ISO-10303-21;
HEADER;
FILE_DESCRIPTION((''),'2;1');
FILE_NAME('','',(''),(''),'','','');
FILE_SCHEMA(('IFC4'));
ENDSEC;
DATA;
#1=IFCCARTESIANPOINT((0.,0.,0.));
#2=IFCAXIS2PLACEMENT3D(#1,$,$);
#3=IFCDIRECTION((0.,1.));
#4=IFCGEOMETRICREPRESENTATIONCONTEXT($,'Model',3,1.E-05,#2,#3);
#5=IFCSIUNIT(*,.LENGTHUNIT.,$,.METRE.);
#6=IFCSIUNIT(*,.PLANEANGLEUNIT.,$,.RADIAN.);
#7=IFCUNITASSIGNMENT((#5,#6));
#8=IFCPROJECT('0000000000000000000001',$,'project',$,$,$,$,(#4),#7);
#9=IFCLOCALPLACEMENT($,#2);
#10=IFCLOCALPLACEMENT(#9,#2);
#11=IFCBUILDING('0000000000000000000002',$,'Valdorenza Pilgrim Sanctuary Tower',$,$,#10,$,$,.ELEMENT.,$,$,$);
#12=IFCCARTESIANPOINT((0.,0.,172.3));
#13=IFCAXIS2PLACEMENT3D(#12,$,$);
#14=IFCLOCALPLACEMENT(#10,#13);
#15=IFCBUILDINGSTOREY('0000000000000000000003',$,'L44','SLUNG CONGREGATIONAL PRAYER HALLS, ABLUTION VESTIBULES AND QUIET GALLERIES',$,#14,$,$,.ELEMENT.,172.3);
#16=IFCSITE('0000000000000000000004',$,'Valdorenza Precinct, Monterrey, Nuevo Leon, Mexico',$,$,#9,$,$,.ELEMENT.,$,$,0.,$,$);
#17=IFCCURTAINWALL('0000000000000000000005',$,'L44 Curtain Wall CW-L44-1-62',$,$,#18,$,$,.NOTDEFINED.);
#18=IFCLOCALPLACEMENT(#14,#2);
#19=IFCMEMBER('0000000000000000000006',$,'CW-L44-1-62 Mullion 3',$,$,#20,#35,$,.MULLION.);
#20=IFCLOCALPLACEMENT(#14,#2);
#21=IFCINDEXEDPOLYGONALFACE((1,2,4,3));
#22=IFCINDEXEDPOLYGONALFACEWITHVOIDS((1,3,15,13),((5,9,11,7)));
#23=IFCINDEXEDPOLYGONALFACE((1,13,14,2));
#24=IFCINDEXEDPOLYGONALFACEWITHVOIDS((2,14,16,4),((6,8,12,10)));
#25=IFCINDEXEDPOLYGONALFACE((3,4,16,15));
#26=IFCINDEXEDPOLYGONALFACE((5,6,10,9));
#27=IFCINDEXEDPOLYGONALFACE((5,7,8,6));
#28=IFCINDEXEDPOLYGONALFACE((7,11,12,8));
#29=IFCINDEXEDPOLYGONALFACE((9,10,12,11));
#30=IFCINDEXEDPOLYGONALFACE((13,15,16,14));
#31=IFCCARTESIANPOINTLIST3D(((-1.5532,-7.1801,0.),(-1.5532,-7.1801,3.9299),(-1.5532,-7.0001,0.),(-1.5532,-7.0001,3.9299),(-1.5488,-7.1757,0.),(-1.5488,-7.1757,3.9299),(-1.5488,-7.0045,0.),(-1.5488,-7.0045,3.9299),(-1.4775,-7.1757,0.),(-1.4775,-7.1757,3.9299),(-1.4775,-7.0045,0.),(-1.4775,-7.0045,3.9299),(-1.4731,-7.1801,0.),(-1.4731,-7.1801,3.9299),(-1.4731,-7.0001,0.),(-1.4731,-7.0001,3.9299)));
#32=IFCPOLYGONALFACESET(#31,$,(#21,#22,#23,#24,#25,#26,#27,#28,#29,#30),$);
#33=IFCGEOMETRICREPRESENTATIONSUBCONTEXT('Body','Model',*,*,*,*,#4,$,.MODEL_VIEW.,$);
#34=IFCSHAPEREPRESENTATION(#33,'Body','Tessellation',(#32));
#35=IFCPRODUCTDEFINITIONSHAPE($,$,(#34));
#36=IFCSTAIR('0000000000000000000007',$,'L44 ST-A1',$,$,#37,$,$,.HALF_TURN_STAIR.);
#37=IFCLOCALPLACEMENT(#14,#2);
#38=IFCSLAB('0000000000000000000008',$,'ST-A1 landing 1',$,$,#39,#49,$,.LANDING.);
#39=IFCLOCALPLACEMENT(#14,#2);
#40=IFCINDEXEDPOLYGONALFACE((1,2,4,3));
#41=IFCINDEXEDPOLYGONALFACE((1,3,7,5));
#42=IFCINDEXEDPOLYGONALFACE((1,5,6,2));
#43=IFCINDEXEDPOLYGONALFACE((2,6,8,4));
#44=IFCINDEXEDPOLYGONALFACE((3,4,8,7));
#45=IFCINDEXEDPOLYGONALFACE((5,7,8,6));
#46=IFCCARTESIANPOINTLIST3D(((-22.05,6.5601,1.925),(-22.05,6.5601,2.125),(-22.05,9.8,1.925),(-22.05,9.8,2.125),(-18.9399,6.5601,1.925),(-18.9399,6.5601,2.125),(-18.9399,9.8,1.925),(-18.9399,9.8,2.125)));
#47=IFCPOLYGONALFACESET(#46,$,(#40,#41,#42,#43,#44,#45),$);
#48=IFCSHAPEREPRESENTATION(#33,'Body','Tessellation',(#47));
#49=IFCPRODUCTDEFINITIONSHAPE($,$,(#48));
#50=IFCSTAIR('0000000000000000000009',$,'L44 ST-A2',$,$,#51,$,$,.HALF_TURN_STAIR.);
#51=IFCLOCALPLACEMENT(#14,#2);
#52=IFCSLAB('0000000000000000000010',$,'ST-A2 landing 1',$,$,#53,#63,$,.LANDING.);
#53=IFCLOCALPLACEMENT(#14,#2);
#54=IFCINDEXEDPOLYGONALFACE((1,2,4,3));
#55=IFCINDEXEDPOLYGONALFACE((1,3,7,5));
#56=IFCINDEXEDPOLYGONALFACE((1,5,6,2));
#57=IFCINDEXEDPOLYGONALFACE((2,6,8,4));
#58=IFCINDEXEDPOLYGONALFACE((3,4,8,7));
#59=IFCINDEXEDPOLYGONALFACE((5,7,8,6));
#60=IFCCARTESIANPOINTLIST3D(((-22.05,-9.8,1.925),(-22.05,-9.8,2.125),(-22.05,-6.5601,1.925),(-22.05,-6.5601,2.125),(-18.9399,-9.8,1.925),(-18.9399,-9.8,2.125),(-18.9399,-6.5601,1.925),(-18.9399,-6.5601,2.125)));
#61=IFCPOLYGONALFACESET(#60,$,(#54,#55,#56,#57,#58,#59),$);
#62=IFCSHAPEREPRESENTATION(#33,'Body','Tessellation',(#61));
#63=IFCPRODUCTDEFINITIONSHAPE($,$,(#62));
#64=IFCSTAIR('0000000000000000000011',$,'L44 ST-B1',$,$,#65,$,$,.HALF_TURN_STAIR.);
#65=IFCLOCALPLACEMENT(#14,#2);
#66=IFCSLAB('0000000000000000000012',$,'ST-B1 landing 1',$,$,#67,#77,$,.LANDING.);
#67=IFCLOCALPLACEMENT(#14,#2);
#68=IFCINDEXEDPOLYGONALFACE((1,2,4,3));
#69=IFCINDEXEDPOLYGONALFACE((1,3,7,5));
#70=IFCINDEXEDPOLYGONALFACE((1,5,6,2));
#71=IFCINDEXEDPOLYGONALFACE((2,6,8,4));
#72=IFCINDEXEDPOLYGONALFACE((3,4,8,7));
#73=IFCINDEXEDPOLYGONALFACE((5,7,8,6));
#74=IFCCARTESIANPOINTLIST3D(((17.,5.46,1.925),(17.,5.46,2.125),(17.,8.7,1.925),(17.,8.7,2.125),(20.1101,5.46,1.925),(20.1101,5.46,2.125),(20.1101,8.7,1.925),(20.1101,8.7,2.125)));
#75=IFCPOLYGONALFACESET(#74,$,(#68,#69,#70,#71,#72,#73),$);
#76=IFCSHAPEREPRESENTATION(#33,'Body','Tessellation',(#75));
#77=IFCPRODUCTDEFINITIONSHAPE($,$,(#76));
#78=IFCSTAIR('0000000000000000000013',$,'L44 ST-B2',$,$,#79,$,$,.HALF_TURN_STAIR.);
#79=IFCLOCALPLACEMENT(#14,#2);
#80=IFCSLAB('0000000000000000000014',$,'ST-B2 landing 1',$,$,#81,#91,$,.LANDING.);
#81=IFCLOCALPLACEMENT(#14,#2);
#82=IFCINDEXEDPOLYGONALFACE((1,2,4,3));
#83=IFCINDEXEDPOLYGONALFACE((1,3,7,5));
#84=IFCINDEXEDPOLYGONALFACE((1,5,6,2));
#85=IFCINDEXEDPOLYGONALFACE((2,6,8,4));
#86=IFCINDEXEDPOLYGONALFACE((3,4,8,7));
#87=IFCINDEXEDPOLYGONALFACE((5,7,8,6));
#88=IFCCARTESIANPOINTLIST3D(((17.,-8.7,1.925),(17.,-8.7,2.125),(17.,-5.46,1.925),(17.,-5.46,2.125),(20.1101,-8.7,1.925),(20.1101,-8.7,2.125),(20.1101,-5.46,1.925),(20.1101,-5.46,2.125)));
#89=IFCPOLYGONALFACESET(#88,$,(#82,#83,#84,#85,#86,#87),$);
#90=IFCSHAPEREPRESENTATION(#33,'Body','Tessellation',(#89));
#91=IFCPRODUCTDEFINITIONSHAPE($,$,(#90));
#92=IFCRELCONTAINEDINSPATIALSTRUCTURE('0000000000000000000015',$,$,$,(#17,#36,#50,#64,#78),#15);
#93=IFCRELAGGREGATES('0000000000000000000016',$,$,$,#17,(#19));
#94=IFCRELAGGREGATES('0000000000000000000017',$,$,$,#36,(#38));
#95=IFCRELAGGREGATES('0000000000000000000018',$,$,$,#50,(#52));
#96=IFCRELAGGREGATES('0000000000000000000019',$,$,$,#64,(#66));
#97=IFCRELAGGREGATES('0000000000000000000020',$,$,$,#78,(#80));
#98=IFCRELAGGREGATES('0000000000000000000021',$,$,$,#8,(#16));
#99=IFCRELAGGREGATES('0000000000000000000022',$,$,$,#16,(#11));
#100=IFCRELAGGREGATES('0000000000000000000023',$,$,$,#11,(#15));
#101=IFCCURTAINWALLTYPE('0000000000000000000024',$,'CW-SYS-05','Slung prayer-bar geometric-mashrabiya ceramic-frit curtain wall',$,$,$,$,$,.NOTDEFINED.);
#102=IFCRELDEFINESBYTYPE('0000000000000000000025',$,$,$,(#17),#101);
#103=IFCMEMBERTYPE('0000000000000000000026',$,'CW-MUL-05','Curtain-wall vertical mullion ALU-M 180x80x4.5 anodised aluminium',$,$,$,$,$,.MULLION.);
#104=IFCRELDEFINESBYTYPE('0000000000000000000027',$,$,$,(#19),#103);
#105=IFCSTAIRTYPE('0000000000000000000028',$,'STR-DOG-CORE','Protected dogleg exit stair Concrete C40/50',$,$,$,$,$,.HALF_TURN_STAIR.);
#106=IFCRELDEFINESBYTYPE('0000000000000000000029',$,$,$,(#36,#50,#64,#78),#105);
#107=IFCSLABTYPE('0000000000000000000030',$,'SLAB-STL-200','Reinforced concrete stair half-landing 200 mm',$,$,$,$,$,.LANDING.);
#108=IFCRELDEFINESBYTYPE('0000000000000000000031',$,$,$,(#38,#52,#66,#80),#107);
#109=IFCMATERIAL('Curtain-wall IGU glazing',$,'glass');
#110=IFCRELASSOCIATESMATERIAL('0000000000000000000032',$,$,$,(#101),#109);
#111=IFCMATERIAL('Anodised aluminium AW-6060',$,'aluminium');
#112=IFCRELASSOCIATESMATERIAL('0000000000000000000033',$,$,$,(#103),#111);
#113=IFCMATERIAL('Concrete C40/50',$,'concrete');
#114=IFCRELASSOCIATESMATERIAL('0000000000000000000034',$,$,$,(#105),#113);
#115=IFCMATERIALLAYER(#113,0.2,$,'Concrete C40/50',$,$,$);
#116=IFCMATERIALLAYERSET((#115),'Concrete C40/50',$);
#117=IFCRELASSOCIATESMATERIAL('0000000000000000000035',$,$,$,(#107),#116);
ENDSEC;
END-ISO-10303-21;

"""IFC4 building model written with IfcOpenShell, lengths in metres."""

from ifc_helpers import new_model, si_unit, direction, frame, origin, origin_2d, place, context, subcontext, project, spatial, polyline, hollow_rectangle, outline, extrude, source, transform, mapped, material, layer, layer_set, material_profile, profile_set, type_object, element, aggregate, save


model = new_model("IFC4")

# Units and contexts
model_context = context("Model", 3, precision=1e-05, world=origin(), true_north=direction((0.0, 1.0)))
body_context = subcontext(model_context, "Body", "Model", "MODEL_VIEW")
ifc_project = project(units=[si_unit("LENGTHUNIT", "METRE"), si_unit("PLANEANGLEUNIT", "RADIAN")], contexts=[model_context])

# Site, building, storey
site_placement = place(None, origin())
site = spatial("IfcSite", under=ifc_project, at=site_placement, Name="Valdorenza Precinct, Monterrey, Nuevo Leon, Mexico", CompositionType="ELEMENT", RefElevation=0.0)
building_placement = place(site_placement, origin())
building = spatial("IfcBuilding", under=site, at=building_placement, Name="Valdorenza Pilgrim Sanctuary Tower", CompositionType="ELEMENT")
storey_placement = place(building_placement, frame((0.0, 0.0, 172.3)))
storey = spatial("IfcBuildingStorey", under=building, at=storey_placement, Name="L44", Description="SLUNG CONGREGATIONAL PRAYER HALLS, ABLUTION VESTIBULES AND QUIET GALLERIES", CompositionType="ELEMENT", Elevation=172.3)

# Curtain wall, member
ifc_material_1 = material(Name="Curtain-wall IGU glazing", Category="glass")
curtain_wall_type = type_object("IfcCurtainWallType", Name="CW-SYS-05", Description="Slung prayer-bar geometric-mashrabiya ceramic-frit curtain wall", PredefinedType="NOTDEFINED", material=ifc_material_1)
curtain_wall_placement = place(storey_placement, origin())
curtain_wall = element("IfcCurtainWall", 1, at=curtain_wall_placement, inside=storey, type_object=curtain_wall_type, Name="L44 Curtain Wall CW-L44-1-62", PredefinedType="NOTDEFINED")
ifc_material_2 = material(Name="Anodised aluminium AW-6060", Category="aluminium")
ifc_material_profile = material_profile(ifc_material_2, hollow_rectangle(XDim=0.0801, YDim=0.1799, WallThickness=0.0044, at=origin_2d()), Name="ALU-M 180x80x4.5")
ifc_profile_set = profile_set([ifc_material_profile], Name="Anodised aluminium AW-6060")
member_type = type_object("IfcMemberType", Name="CW-MUL-05", Description="Curtain-wall vertical mullion ALU-M 180x80x4.5 anodised aluminium", PredefinedType="MULLION", material=ifc_profile_set)
shared_shape = source(origin(), body_context, "Body", "SweptSolid", [
    extrude(hollow_rectangle(XDim=0.0801, YDim=0.1799, WallThickness=0.0044, at=origin_2d()), origin(), (0.0, 0.0, 1.0), 3.9299),
])
member_placement = place(storey_placement, frame((-1.5132, -7.0901, 0.0), z_axis=(0.0, 0.0, 1.0), x_axis=(-1.0, 0.0, 0.0)))
member = element("IfcMember", 2, at=member_placement, type_object=member_type, Name="CW-L44-1-62 Mullion 3", PredefinedType="MULLION", context=body_context, shape_type="MappedRepresentation", body=[
    mapped(shared_shape, transform((0.0, 0.0, 0.0), x_axis=(1.0, 0.0, 0.0), y_axis=(0.0, 1.0, 0.0), z_axis=(0.0, 0.0, 1.0), scale=1.0)),
])
aggregate(curtain_wall, [member])

# Stairs, slabs
ifc_material_3 = material(Name="Concrete C40/50", Category="concrete")
stair_type = type_object("IfcStairType", Name="STR-DOG-CORE", Description="Protected dogleg exit stair Concrete C40/50", PredefinedType="HALF_TURN_STAIR", material=ifc_material_3)
stair_1_placement = place(storey_placement, origin())
stair_1 = element("IfcStair", 3, at=stair_1_placement, inside=storey, type_object=stair_type, Name="L44 ST-A1", PredefinedType="HALF_TURN_STAIR")
ifc_layer_1 = layer(ifc_material_3, 0.2, Name="Concrete C40/50")
ifc_layer_set_1 = layer_set([ifc_layer_1], Name="Concrete C40/50")
slab_type_1 = type_object("IfcSlabType", Name="SLAB-STL-200", Description="Reinforced concrete stair half-landing 200 mm", PredefinedType="LANDING", material=ifc_layer_set_1)
slab_1_placement = place(storey_placement, frame((0.0, 0.0, 1.925)))
slab_1 = element("IfcSlab", 4, at=slab_1_placement, type_object=slab_type_1, Name="ST-A1 landing 1", PredefinedType="LANDING", context=body_context, shape_type="SweptSolid", body=[
    extrude(outline(polyline([(-18.9399, 6.5601), (-18.9399, 9.8), (-22.05, 9.8), (-22.05, 6.5601), (-18.9399, 6.5601)])), origin(), (0.0, 0.0, 1.0), 0.2),
])
aggregate(stair_1, [slab_1])
stair_2_placement = place(storey_placement, origin())
stair_2 = element("IfcStair", 5, at=stair_2_placement, inside=storey, type_object=stair_type, Name="L44 ST-A2", PredefinedType="HALF_TURN_STAIR")
slab_2_placement = place(storey_placement, frame((0.0, 0.0, 1.925)))
slab_2 = element("IfcSlab", 6, at=slab_2_placement, type_object=slab_type_1, Name="ST-A2 landing 1", PredefinedType="LANDING", context=body_context, shape_type="SweptSolid", body=[
    extrude(outline(polyline([(-22.05, -6.5601), (-22.05, -9.8), (-18.9399, -9.8), (-18.9399, -6.5601), (-22.05, -6.5601)])), origin(), (0.0, 0.0, 1.0), 0.2),
])
aggregate(stair_2, [slab_2])
stair_3_placement = place(storey_placement, origin())
stair_3 = element("IfcStair", 7, at=stair_3_placement, inside=storey, type_object=stair_type, Name="L44 ST-B1", PredefinedType="HALF_TURN_STAIR")
slab_3_placement = place(storey_placement, frame((0.0, 0.0, 1.925)))
slab_3 = element("IfcSlab", 8, at=slab_3_placement, type_object=slab_type_1, Name="ST-B1 landing 1", PredefinedType="LANDING", context=body_context, shape_type="SweptSolid", body=[
    extrude(outline(polyline([(20.1101, 5.46), (20.1101, 8.7), (17.0, 8.7), (17.0, 5.46), (20.1101, 5.46)])), origin(), (0.0, 0.0, 1.0), 0.2),
])
aggregate(stair_3, [slab_3])
stair_4_placement = place(storey_placement, origin())
stair_4 = element("IfcStair", 9, at=stair_4_placement, inside=storey, type_object=stair_type, Name="L44 ST-B2", PredefinedType="HALF_TURN_STAIR")
slab_4_placement = place(storey_placement, frame((0.0, 0.0, 1.925)))
slab_4 = element("IfcSlab", 10, at=slab_4_placement, type_object=slab_type_1, Name="ST-B2 landing 1", PredefinedType="LANDING", context=body_context, shape_type="SweptSolid", body=[
    extrude(outline(polyline([(17.0, -5.46), (17.0, -8.7), (20.1101, -8.7), (20.1101, -5.46), (17.0, -5.46)])), origin(), (0.0, 0.0, 1.0), 0.2),
])
aggregate(stair_4, [slab_4])

save(model, "model.ifc")
